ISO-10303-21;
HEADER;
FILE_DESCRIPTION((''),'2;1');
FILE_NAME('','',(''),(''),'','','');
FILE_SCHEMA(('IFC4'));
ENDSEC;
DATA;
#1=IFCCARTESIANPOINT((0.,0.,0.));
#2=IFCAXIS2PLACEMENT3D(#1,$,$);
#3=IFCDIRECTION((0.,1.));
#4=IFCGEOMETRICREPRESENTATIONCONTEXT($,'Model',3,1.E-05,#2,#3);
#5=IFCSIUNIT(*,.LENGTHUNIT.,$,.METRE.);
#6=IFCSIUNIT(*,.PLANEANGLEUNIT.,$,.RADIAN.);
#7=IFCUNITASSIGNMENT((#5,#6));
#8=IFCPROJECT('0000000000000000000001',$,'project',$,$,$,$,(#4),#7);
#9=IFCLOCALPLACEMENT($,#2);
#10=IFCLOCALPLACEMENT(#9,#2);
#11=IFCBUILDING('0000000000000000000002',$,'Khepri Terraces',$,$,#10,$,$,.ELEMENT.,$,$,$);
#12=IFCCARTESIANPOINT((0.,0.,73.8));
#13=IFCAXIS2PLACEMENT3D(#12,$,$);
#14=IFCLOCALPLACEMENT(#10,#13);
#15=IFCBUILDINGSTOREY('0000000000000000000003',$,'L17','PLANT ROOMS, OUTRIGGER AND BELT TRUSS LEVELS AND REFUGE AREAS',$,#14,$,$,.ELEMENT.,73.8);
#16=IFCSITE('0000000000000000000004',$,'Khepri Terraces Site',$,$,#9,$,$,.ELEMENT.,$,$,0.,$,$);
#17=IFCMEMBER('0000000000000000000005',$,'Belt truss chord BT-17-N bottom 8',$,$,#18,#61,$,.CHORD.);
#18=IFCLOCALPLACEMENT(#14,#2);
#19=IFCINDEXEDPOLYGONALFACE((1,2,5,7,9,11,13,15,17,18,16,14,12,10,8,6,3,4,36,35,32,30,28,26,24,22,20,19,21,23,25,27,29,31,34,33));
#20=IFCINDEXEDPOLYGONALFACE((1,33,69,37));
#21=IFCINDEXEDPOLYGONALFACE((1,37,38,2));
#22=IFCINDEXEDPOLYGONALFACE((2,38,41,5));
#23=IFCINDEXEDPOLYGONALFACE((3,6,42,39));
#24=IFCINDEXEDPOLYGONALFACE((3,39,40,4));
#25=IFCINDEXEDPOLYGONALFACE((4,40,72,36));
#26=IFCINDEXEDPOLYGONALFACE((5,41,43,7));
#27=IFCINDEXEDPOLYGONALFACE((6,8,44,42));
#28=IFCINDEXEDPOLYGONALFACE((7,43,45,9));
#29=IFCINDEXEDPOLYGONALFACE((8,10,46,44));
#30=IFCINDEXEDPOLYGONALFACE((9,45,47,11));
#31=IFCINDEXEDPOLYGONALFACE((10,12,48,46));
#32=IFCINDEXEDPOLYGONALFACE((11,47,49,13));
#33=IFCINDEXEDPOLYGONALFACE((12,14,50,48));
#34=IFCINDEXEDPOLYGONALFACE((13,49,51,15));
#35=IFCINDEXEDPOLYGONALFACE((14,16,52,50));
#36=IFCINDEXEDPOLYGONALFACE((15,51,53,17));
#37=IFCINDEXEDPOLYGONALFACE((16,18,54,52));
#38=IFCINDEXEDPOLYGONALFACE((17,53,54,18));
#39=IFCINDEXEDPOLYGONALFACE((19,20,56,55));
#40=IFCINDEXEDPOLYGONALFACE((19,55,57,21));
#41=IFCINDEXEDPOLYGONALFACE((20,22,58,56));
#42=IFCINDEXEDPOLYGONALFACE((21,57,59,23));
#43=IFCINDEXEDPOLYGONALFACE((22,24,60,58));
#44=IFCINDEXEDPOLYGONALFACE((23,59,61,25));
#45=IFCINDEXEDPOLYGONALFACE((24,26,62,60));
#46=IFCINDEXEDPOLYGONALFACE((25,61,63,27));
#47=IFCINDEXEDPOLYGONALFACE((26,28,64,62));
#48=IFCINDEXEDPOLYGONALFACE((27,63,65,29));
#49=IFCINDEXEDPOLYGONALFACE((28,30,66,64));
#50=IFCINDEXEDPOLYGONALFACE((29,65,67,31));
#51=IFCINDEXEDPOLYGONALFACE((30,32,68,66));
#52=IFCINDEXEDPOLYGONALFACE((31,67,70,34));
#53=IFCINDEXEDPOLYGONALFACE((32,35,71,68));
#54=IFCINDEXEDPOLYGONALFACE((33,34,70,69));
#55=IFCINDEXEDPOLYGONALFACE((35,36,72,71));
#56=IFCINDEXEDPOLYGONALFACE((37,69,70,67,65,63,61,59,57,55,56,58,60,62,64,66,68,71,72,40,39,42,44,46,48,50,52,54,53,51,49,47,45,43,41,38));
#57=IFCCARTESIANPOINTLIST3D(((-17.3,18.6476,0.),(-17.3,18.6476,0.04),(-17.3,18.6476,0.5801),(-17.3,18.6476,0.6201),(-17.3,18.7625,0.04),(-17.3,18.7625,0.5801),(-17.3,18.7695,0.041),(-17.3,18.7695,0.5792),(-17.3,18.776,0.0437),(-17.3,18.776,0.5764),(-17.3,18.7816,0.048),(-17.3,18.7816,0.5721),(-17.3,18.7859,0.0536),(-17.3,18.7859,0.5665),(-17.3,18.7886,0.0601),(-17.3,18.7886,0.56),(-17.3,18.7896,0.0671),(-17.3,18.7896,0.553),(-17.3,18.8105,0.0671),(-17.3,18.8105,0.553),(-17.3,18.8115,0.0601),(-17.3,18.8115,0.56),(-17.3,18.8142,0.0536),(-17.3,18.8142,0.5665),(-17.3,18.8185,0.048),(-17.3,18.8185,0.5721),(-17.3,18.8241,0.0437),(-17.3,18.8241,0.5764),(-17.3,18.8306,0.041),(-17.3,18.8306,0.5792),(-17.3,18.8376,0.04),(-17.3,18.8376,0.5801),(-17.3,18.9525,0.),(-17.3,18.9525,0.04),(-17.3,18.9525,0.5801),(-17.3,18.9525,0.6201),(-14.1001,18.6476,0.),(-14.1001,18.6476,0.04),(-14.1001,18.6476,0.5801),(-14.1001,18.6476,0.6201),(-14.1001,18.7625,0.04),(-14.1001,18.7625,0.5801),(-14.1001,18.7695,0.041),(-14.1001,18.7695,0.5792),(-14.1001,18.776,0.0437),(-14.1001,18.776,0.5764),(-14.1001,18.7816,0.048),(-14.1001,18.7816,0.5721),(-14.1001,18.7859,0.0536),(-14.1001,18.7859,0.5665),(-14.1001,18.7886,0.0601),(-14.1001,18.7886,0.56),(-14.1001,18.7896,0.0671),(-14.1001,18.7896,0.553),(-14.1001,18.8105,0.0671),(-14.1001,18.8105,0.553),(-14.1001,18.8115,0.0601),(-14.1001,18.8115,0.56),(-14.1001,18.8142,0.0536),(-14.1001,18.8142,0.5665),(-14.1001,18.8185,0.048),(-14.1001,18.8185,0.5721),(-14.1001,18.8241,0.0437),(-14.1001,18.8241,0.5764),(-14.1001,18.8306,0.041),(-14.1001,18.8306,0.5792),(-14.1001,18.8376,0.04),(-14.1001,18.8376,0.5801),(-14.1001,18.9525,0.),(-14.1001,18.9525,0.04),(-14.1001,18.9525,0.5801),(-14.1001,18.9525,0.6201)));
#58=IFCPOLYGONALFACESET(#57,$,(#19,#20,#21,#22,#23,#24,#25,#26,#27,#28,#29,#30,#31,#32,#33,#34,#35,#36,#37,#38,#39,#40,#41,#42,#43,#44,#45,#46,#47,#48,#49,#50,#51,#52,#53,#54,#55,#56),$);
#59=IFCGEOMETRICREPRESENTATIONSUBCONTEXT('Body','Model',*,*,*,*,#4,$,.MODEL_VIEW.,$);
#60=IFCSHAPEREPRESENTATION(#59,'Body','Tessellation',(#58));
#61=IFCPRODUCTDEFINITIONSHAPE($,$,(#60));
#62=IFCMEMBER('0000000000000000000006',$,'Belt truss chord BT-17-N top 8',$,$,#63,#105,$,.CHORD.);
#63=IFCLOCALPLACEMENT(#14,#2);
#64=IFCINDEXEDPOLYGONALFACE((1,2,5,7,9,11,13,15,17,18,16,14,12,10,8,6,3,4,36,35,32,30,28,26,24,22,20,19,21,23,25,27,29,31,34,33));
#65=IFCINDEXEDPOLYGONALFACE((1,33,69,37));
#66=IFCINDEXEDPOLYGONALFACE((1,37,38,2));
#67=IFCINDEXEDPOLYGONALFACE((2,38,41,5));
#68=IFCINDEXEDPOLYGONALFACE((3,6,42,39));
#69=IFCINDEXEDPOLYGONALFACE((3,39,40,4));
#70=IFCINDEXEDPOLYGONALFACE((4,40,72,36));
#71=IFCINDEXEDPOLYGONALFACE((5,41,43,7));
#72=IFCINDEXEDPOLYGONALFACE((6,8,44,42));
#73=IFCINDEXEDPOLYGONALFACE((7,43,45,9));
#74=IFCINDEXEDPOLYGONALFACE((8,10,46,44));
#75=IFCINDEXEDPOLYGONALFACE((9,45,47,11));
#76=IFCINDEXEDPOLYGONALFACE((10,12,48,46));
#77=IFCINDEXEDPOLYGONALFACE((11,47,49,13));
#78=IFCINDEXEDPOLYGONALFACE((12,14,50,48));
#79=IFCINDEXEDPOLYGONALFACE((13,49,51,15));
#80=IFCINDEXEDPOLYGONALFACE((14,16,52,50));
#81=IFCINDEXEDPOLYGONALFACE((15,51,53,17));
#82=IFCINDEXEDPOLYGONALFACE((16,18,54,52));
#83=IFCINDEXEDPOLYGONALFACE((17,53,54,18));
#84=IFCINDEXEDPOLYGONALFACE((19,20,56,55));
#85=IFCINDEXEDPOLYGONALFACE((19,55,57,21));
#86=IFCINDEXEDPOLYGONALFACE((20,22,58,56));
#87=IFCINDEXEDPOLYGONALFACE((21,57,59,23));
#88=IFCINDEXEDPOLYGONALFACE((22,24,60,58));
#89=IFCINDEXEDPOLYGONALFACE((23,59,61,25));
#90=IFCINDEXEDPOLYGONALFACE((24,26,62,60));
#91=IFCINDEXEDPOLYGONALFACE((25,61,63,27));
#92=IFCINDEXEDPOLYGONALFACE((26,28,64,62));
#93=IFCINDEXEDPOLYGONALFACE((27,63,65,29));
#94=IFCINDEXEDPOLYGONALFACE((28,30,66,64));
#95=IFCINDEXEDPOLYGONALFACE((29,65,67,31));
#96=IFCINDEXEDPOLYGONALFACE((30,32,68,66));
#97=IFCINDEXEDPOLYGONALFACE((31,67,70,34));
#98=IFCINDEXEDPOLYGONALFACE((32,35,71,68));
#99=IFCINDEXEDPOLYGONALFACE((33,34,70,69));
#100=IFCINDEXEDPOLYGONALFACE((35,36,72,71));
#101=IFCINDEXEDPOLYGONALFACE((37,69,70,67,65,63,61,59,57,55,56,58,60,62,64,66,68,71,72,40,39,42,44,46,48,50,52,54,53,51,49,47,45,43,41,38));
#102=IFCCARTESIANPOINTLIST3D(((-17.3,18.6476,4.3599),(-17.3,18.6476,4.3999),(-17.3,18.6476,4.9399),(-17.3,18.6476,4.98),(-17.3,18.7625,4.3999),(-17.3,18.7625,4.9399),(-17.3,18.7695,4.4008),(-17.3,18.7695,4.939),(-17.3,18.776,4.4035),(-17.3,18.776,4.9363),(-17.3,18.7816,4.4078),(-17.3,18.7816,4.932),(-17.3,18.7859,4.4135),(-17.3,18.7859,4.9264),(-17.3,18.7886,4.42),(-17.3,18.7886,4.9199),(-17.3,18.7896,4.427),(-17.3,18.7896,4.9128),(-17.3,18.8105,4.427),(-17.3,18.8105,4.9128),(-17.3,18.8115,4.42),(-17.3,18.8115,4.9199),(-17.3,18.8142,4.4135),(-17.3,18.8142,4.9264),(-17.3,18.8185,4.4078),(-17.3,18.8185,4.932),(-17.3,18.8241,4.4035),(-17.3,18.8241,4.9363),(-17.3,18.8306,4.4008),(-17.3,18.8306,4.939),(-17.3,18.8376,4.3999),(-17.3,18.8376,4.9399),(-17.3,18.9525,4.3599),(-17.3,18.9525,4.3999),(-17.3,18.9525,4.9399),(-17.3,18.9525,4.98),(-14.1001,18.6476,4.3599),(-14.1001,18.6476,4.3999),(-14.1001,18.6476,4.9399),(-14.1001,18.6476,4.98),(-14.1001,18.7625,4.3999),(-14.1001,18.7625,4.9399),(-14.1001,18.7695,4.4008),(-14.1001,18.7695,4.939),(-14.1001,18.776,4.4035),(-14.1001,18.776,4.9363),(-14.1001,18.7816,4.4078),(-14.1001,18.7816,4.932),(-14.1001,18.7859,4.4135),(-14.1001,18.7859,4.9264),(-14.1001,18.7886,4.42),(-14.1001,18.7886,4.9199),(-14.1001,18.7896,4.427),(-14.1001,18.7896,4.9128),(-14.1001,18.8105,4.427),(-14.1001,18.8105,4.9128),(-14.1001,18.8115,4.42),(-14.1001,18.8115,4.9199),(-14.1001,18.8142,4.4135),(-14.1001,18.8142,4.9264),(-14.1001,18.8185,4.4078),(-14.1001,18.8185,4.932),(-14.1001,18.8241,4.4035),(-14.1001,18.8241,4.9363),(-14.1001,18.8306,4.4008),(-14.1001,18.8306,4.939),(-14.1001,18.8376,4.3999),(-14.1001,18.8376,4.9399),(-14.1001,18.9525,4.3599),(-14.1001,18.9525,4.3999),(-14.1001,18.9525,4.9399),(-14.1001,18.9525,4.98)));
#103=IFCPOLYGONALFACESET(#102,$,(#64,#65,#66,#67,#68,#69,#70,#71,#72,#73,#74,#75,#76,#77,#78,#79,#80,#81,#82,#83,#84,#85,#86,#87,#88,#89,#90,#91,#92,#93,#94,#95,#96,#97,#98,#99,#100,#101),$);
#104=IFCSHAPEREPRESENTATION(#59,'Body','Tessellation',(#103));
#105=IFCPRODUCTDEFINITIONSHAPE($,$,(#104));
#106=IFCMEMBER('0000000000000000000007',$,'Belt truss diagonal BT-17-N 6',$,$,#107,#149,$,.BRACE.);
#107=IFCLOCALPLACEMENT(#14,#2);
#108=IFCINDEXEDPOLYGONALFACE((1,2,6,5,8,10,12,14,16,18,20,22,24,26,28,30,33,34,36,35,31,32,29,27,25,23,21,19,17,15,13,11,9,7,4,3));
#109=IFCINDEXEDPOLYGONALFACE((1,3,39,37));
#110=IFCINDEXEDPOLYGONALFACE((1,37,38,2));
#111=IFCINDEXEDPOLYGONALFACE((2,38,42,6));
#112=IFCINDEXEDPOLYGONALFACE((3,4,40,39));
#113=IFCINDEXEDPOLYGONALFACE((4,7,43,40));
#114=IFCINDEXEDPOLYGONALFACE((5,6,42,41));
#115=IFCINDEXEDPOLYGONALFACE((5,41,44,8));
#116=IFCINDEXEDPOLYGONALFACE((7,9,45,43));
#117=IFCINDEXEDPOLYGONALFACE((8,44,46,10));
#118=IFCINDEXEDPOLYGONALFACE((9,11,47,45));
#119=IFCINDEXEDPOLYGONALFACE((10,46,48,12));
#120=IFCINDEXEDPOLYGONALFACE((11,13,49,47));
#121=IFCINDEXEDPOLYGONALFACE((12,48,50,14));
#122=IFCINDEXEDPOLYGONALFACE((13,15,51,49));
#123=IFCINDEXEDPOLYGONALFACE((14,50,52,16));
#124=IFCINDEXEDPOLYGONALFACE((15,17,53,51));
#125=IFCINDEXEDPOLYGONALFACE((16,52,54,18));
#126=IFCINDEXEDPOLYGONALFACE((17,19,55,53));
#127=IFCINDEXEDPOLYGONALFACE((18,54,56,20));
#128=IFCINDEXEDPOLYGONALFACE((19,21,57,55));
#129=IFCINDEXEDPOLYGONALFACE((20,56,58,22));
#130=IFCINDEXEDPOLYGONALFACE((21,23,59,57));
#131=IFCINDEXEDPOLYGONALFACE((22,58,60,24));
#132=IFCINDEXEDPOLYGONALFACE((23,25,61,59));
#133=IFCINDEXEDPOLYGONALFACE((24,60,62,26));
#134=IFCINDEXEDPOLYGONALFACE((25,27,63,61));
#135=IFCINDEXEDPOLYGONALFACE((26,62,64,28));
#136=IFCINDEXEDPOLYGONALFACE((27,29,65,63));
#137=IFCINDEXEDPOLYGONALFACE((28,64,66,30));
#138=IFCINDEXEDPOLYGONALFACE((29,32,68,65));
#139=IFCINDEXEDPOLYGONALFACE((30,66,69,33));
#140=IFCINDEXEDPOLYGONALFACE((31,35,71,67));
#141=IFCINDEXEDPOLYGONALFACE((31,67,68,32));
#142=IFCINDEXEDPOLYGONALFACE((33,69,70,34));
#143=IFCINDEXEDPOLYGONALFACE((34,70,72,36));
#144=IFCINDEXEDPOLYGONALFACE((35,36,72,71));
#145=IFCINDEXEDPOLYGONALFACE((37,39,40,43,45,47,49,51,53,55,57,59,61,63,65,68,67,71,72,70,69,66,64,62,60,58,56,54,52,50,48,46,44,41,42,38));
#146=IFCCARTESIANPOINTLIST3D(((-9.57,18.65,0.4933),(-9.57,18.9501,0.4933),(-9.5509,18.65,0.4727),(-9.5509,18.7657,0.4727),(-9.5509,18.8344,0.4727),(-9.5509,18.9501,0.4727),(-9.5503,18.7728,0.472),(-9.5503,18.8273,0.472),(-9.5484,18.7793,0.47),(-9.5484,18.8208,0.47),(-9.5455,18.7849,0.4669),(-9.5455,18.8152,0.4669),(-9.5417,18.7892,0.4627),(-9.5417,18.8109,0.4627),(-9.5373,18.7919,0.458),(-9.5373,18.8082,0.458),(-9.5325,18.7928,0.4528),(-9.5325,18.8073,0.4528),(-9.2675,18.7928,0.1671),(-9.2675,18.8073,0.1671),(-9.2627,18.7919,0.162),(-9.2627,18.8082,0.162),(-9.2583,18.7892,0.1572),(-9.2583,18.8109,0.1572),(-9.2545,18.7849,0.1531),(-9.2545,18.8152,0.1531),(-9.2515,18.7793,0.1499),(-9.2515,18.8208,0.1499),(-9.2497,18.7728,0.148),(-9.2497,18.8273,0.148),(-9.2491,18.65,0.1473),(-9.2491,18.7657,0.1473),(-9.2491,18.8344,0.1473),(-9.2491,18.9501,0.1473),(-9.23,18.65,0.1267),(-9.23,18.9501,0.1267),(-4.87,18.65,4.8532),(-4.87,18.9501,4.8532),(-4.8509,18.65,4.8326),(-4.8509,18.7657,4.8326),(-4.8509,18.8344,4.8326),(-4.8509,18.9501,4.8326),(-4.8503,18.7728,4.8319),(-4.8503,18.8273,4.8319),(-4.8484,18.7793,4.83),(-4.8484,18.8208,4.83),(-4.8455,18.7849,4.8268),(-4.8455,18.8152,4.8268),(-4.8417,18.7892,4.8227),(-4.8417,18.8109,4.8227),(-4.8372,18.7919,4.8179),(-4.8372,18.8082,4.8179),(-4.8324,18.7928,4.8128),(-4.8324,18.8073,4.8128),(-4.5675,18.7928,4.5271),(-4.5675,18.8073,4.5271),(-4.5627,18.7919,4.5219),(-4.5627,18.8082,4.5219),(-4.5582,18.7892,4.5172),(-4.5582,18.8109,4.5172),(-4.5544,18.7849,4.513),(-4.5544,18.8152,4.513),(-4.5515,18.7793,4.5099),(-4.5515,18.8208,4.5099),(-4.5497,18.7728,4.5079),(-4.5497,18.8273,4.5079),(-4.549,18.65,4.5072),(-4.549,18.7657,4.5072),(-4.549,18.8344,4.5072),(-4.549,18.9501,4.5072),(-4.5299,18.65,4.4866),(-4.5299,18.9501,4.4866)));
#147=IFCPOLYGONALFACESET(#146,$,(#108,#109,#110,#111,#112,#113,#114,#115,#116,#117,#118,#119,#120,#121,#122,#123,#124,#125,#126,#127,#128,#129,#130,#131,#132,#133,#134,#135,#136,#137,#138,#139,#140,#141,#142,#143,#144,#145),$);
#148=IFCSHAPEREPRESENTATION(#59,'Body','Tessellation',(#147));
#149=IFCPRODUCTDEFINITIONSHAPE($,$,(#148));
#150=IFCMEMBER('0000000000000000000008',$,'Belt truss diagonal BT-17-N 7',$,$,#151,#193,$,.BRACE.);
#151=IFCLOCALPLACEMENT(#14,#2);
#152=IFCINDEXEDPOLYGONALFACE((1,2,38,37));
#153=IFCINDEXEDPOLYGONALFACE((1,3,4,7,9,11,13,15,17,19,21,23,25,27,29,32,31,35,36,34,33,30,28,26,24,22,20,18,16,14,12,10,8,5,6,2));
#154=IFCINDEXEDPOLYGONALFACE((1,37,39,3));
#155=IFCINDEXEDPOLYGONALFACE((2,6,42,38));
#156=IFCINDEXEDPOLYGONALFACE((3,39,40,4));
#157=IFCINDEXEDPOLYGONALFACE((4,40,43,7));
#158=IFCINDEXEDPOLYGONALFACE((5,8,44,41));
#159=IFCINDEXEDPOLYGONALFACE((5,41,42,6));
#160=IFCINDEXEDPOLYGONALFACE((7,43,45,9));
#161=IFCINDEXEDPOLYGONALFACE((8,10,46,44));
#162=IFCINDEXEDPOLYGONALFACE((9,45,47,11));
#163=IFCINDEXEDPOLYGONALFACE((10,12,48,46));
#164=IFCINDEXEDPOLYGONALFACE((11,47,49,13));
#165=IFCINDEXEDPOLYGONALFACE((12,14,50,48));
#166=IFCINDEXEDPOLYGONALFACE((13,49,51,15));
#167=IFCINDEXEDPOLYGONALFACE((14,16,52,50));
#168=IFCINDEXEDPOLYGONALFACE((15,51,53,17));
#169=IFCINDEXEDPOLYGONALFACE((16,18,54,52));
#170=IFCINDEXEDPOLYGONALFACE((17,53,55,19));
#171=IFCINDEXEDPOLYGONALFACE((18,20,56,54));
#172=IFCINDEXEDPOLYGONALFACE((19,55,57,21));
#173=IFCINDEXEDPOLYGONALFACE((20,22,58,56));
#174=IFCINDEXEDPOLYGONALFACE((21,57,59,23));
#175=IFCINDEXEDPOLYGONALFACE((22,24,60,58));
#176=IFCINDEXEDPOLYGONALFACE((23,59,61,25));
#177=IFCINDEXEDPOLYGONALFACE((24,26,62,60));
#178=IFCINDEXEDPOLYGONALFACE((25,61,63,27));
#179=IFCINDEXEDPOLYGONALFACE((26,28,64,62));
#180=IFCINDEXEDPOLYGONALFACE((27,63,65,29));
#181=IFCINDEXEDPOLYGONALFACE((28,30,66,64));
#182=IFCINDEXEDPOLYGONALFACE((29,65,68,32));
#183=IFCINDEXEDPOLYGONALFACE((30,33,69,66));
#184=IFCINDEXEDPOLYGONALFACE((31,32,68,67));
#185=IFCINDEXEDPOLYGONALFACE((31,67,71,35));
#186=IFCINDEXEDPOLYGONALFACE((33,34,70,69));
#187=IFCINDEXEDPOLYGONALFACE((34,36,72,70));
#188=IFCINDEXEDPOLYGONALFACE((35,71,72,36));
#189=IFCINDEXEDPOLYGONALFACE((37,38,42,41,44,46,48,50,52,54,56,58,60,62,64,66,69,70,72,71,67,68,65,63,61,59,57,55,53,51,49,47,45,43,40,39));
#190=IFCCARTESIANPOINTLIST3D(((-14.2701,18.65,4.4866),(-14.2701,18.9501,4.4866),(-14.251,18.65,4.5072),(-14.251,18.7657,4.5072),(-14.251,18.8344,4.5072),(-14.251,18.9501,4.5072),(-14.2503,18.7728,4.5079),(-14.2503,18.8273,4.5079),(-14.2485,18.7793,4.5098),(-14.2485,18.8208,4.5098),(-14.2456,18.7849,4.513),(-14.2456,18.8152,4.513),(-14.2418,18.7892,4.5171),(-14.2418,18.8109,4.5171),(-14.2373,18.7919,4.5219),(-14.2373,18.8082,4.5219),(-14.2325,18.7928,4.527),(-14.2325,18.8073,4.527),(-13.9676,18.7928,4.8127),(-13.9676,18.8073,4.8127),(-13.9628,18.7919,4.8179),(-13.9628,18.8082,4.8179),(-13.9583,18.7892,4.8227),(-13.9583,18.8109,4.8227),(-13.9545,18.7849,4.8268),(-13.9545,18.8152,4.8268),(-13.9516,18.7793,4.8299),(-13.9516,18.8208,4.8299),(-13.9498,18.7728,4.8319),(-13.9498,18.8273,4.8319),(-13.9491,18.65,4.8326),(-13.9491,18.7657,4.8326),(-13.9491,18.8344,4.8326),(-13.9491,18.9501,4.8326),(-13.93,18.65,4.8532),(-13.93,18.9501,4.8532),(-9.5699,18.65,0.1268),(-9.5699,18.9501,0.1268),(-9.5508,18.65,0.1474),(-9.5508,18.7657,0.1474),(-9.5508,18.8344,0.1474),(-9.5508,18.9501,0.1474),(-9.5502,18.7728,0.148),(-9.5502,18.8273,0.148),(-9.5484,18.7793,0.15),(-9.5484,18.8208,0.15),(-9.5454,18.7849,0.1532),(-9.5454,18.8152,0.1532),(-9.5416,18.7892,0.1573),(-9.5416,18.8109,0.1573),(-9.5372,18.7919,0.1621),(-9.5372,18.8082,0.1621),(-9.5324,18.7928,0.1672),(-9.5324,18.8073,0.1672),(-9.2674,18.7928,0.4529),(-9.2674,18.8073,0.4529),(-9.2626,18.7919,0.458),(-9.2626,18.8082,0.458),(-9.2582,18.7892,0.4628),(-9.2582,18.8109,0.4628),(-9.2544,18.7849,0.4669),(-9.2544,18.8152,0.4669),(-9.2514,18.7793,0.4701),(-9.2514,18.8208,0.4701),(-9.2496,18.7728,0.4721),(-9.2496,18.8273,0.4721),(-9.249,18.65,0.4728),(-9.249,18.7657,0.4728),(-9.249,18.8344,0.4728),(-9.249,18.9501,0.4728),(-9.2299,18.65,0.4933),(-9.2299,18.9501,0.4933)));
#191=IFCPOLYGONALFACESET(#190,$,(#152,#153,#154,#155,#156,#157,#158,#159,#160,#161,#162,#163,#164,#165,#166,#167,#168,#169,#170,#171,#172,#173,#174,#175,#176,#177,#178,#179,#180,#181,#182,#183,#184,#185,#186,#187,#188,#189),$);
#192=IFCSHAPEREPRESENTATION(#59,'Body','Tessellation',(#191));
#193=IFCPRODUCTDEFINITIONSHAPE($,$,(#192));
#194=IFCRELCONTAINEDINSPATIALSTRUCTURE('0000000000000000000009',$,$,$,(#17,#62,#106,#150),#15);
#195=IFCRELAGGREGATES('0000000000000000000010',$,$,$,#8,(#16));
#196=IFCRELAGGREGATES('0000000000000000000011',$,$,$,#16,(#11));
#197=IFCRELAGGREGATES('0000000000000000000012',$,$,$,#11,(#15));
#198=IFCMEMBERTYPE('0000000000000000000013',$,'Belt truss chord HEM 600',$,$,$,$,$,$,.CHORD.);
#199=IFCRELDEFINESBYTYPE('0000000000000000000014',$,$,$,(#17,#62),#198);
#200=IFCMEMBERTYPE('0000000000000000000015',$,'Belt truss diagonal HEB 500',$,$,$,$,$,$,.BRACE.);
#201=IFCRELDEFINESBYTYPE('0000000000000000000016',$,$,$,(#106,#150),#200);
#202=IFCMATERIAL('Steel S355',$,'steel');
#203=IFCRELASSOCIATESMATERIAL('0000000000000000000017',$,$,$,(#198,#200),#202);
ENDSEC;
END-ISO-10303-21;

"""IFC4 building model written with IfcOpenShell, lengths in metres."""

from ifc_helpers import new_model, si_unit, direction, frame, origin, origin_2d, place, context, subcontext, project, spatial, i_section, extrude, material, material_profile, profile_set, type_object, element, save


model = new_model("IFC4")

# Units and contexts
model_context = context("Model", 3, precision=1e-05, world=origin(), true_north=direction((0.0, 1.0)))
body_context = subcontext(model_context, "Body", "Model", "MODEL_VIEW")
ifc_project = project(units=[si_unit("LENGTHUNIT", "METRE"), si_unit("PLANEANGLEUNIT", "RADIAN")], contexts=[model_context])

# Site, building, storey
site_placement = place(None, origin())
site = spatial("IfcSite", under=ifc_project, at=site_placement, Name="Khepri Terraces Site", CompositionType="ELEMENT", RefElevation=0.0)
building_placement = place(site_placement, origin())
building = spatial("IfcBuilding", under=site, at=building_placement, Name="Khepri Terraces", CompositionType="ELEMENT")
storey_placement = place(building_placement, frame((0.0, 0.0, 73.8)))
storey = spatial("IfcBuildingStorey", under=building, at=storey_placement, Name="L17", Description="PLANT ROOMS, OUTRIGGER AND BELT TRUSS LEVELS AND REFUGE AREAS", CompositionType="ELEMENT", Elevation=73.8)

# Members
ifc_material_1 = material(Name="Steel S355", Category="steel")
ifc_material_profile_1 = material_profile(ifc_material_1, i_section(OverallWidth=0.3049, OverallDepth=0.6201, WebThickness=0.021, FlangeThickness=0.04, FilletRadius=0.0271, at=origin_2d()), Name="Steel S355", Category="steel")
ifc_profile_set_1 = profile_set([ifc_material_profile_1], Name="Steel S355")
member_type_1 = type_object("IfcMemberType", Name="Belt truss chord HEM 600", PredefinedType="CHORD", material=ifc_profile_set_1)
for number, where, z_axis, x_axis, name in (
    (1, (-14.1001, 18.8, 0.3101), (-1.0, 0.0, 0.0), (0.0, -1.0, 0.0), "Belt truss chord BT-17-N bottom 8"),
    (2, (-14.1001, 18.8, 4.6699), (-1.0, 0.0, 0.0), (0.0, -1.0, 0.0), "Belt truss chord BT-17-N top 8"),
):
    element("IfcMember", number, at=place(storey_placement, frame(where, z_axis=z_axis, x_axis=x_axis)), inside=storey, type_object=member_type_1, Name=name, PredefinedType="CHORD", context=body_context, shape_type="SweptSolid", body=[
        extrude(i_section(OverallWidth=0.3049, OverallDepth=0.6201, WebThickness=0.021, FlangeThickness=0.04, FilletRadius=0.0271, at=origin_2d()), origin(), (0.0, 0.0, 1.0), 3.2),
    ])
ifc_material_profile_2 = material_profile(ifc_material_1, i_section(OverallWidth=0.3, OverallDepth=0.5, WebThickness=0.0144, FlangeThickness=0.0281, FilletRadius=0.0271, at=origin_2d()), Name="Steel S355", Category="steel")
ifc_profile_set_2 = profile_set([ifc_material_profile_2], Name="Steel S355")
member_type_2 = type_object("IfcMemberType", Name="Belt truss diagonal HEB 500", PredefinedType="BRACE", material=ifc_profile_set_2)
for number, where, z_axis, x_axis, name in (
    (3, (-4.7, 18.8, 4.6699), (-0.733134, 0.0, -0.680084), (0.0, -1.0, 0.0), "Belt truss diagonal BT-17-N 6"),
    (4, (-9.3999, 18.8, 0.3101), (-0.733151, 0.0, 0.680065), (0.0, -1.0, 0.0), "Belt truss diagonal BT-17-N 7"),
):
    element("IfcMember", number, at=place(storey_placement, frame(where, z_axis=z_axis, x_axis=x_axis)), inside=storey, type_object=member_type_2, Name=name, PredefinedType="BRACE", context=body_context, shape_type="SweptSolid", body=[
        extrude(i_section(OverallWidth=0.3, OverallDepth=0.5, WebThickness=0.0144, FlangeThickness=0.0281, FilletRadius=0.0271, at=origin_2d()), origin(), (0.0, 0.0, 1.0), 6.4109),
    ])

save(model, "model.ifc")
